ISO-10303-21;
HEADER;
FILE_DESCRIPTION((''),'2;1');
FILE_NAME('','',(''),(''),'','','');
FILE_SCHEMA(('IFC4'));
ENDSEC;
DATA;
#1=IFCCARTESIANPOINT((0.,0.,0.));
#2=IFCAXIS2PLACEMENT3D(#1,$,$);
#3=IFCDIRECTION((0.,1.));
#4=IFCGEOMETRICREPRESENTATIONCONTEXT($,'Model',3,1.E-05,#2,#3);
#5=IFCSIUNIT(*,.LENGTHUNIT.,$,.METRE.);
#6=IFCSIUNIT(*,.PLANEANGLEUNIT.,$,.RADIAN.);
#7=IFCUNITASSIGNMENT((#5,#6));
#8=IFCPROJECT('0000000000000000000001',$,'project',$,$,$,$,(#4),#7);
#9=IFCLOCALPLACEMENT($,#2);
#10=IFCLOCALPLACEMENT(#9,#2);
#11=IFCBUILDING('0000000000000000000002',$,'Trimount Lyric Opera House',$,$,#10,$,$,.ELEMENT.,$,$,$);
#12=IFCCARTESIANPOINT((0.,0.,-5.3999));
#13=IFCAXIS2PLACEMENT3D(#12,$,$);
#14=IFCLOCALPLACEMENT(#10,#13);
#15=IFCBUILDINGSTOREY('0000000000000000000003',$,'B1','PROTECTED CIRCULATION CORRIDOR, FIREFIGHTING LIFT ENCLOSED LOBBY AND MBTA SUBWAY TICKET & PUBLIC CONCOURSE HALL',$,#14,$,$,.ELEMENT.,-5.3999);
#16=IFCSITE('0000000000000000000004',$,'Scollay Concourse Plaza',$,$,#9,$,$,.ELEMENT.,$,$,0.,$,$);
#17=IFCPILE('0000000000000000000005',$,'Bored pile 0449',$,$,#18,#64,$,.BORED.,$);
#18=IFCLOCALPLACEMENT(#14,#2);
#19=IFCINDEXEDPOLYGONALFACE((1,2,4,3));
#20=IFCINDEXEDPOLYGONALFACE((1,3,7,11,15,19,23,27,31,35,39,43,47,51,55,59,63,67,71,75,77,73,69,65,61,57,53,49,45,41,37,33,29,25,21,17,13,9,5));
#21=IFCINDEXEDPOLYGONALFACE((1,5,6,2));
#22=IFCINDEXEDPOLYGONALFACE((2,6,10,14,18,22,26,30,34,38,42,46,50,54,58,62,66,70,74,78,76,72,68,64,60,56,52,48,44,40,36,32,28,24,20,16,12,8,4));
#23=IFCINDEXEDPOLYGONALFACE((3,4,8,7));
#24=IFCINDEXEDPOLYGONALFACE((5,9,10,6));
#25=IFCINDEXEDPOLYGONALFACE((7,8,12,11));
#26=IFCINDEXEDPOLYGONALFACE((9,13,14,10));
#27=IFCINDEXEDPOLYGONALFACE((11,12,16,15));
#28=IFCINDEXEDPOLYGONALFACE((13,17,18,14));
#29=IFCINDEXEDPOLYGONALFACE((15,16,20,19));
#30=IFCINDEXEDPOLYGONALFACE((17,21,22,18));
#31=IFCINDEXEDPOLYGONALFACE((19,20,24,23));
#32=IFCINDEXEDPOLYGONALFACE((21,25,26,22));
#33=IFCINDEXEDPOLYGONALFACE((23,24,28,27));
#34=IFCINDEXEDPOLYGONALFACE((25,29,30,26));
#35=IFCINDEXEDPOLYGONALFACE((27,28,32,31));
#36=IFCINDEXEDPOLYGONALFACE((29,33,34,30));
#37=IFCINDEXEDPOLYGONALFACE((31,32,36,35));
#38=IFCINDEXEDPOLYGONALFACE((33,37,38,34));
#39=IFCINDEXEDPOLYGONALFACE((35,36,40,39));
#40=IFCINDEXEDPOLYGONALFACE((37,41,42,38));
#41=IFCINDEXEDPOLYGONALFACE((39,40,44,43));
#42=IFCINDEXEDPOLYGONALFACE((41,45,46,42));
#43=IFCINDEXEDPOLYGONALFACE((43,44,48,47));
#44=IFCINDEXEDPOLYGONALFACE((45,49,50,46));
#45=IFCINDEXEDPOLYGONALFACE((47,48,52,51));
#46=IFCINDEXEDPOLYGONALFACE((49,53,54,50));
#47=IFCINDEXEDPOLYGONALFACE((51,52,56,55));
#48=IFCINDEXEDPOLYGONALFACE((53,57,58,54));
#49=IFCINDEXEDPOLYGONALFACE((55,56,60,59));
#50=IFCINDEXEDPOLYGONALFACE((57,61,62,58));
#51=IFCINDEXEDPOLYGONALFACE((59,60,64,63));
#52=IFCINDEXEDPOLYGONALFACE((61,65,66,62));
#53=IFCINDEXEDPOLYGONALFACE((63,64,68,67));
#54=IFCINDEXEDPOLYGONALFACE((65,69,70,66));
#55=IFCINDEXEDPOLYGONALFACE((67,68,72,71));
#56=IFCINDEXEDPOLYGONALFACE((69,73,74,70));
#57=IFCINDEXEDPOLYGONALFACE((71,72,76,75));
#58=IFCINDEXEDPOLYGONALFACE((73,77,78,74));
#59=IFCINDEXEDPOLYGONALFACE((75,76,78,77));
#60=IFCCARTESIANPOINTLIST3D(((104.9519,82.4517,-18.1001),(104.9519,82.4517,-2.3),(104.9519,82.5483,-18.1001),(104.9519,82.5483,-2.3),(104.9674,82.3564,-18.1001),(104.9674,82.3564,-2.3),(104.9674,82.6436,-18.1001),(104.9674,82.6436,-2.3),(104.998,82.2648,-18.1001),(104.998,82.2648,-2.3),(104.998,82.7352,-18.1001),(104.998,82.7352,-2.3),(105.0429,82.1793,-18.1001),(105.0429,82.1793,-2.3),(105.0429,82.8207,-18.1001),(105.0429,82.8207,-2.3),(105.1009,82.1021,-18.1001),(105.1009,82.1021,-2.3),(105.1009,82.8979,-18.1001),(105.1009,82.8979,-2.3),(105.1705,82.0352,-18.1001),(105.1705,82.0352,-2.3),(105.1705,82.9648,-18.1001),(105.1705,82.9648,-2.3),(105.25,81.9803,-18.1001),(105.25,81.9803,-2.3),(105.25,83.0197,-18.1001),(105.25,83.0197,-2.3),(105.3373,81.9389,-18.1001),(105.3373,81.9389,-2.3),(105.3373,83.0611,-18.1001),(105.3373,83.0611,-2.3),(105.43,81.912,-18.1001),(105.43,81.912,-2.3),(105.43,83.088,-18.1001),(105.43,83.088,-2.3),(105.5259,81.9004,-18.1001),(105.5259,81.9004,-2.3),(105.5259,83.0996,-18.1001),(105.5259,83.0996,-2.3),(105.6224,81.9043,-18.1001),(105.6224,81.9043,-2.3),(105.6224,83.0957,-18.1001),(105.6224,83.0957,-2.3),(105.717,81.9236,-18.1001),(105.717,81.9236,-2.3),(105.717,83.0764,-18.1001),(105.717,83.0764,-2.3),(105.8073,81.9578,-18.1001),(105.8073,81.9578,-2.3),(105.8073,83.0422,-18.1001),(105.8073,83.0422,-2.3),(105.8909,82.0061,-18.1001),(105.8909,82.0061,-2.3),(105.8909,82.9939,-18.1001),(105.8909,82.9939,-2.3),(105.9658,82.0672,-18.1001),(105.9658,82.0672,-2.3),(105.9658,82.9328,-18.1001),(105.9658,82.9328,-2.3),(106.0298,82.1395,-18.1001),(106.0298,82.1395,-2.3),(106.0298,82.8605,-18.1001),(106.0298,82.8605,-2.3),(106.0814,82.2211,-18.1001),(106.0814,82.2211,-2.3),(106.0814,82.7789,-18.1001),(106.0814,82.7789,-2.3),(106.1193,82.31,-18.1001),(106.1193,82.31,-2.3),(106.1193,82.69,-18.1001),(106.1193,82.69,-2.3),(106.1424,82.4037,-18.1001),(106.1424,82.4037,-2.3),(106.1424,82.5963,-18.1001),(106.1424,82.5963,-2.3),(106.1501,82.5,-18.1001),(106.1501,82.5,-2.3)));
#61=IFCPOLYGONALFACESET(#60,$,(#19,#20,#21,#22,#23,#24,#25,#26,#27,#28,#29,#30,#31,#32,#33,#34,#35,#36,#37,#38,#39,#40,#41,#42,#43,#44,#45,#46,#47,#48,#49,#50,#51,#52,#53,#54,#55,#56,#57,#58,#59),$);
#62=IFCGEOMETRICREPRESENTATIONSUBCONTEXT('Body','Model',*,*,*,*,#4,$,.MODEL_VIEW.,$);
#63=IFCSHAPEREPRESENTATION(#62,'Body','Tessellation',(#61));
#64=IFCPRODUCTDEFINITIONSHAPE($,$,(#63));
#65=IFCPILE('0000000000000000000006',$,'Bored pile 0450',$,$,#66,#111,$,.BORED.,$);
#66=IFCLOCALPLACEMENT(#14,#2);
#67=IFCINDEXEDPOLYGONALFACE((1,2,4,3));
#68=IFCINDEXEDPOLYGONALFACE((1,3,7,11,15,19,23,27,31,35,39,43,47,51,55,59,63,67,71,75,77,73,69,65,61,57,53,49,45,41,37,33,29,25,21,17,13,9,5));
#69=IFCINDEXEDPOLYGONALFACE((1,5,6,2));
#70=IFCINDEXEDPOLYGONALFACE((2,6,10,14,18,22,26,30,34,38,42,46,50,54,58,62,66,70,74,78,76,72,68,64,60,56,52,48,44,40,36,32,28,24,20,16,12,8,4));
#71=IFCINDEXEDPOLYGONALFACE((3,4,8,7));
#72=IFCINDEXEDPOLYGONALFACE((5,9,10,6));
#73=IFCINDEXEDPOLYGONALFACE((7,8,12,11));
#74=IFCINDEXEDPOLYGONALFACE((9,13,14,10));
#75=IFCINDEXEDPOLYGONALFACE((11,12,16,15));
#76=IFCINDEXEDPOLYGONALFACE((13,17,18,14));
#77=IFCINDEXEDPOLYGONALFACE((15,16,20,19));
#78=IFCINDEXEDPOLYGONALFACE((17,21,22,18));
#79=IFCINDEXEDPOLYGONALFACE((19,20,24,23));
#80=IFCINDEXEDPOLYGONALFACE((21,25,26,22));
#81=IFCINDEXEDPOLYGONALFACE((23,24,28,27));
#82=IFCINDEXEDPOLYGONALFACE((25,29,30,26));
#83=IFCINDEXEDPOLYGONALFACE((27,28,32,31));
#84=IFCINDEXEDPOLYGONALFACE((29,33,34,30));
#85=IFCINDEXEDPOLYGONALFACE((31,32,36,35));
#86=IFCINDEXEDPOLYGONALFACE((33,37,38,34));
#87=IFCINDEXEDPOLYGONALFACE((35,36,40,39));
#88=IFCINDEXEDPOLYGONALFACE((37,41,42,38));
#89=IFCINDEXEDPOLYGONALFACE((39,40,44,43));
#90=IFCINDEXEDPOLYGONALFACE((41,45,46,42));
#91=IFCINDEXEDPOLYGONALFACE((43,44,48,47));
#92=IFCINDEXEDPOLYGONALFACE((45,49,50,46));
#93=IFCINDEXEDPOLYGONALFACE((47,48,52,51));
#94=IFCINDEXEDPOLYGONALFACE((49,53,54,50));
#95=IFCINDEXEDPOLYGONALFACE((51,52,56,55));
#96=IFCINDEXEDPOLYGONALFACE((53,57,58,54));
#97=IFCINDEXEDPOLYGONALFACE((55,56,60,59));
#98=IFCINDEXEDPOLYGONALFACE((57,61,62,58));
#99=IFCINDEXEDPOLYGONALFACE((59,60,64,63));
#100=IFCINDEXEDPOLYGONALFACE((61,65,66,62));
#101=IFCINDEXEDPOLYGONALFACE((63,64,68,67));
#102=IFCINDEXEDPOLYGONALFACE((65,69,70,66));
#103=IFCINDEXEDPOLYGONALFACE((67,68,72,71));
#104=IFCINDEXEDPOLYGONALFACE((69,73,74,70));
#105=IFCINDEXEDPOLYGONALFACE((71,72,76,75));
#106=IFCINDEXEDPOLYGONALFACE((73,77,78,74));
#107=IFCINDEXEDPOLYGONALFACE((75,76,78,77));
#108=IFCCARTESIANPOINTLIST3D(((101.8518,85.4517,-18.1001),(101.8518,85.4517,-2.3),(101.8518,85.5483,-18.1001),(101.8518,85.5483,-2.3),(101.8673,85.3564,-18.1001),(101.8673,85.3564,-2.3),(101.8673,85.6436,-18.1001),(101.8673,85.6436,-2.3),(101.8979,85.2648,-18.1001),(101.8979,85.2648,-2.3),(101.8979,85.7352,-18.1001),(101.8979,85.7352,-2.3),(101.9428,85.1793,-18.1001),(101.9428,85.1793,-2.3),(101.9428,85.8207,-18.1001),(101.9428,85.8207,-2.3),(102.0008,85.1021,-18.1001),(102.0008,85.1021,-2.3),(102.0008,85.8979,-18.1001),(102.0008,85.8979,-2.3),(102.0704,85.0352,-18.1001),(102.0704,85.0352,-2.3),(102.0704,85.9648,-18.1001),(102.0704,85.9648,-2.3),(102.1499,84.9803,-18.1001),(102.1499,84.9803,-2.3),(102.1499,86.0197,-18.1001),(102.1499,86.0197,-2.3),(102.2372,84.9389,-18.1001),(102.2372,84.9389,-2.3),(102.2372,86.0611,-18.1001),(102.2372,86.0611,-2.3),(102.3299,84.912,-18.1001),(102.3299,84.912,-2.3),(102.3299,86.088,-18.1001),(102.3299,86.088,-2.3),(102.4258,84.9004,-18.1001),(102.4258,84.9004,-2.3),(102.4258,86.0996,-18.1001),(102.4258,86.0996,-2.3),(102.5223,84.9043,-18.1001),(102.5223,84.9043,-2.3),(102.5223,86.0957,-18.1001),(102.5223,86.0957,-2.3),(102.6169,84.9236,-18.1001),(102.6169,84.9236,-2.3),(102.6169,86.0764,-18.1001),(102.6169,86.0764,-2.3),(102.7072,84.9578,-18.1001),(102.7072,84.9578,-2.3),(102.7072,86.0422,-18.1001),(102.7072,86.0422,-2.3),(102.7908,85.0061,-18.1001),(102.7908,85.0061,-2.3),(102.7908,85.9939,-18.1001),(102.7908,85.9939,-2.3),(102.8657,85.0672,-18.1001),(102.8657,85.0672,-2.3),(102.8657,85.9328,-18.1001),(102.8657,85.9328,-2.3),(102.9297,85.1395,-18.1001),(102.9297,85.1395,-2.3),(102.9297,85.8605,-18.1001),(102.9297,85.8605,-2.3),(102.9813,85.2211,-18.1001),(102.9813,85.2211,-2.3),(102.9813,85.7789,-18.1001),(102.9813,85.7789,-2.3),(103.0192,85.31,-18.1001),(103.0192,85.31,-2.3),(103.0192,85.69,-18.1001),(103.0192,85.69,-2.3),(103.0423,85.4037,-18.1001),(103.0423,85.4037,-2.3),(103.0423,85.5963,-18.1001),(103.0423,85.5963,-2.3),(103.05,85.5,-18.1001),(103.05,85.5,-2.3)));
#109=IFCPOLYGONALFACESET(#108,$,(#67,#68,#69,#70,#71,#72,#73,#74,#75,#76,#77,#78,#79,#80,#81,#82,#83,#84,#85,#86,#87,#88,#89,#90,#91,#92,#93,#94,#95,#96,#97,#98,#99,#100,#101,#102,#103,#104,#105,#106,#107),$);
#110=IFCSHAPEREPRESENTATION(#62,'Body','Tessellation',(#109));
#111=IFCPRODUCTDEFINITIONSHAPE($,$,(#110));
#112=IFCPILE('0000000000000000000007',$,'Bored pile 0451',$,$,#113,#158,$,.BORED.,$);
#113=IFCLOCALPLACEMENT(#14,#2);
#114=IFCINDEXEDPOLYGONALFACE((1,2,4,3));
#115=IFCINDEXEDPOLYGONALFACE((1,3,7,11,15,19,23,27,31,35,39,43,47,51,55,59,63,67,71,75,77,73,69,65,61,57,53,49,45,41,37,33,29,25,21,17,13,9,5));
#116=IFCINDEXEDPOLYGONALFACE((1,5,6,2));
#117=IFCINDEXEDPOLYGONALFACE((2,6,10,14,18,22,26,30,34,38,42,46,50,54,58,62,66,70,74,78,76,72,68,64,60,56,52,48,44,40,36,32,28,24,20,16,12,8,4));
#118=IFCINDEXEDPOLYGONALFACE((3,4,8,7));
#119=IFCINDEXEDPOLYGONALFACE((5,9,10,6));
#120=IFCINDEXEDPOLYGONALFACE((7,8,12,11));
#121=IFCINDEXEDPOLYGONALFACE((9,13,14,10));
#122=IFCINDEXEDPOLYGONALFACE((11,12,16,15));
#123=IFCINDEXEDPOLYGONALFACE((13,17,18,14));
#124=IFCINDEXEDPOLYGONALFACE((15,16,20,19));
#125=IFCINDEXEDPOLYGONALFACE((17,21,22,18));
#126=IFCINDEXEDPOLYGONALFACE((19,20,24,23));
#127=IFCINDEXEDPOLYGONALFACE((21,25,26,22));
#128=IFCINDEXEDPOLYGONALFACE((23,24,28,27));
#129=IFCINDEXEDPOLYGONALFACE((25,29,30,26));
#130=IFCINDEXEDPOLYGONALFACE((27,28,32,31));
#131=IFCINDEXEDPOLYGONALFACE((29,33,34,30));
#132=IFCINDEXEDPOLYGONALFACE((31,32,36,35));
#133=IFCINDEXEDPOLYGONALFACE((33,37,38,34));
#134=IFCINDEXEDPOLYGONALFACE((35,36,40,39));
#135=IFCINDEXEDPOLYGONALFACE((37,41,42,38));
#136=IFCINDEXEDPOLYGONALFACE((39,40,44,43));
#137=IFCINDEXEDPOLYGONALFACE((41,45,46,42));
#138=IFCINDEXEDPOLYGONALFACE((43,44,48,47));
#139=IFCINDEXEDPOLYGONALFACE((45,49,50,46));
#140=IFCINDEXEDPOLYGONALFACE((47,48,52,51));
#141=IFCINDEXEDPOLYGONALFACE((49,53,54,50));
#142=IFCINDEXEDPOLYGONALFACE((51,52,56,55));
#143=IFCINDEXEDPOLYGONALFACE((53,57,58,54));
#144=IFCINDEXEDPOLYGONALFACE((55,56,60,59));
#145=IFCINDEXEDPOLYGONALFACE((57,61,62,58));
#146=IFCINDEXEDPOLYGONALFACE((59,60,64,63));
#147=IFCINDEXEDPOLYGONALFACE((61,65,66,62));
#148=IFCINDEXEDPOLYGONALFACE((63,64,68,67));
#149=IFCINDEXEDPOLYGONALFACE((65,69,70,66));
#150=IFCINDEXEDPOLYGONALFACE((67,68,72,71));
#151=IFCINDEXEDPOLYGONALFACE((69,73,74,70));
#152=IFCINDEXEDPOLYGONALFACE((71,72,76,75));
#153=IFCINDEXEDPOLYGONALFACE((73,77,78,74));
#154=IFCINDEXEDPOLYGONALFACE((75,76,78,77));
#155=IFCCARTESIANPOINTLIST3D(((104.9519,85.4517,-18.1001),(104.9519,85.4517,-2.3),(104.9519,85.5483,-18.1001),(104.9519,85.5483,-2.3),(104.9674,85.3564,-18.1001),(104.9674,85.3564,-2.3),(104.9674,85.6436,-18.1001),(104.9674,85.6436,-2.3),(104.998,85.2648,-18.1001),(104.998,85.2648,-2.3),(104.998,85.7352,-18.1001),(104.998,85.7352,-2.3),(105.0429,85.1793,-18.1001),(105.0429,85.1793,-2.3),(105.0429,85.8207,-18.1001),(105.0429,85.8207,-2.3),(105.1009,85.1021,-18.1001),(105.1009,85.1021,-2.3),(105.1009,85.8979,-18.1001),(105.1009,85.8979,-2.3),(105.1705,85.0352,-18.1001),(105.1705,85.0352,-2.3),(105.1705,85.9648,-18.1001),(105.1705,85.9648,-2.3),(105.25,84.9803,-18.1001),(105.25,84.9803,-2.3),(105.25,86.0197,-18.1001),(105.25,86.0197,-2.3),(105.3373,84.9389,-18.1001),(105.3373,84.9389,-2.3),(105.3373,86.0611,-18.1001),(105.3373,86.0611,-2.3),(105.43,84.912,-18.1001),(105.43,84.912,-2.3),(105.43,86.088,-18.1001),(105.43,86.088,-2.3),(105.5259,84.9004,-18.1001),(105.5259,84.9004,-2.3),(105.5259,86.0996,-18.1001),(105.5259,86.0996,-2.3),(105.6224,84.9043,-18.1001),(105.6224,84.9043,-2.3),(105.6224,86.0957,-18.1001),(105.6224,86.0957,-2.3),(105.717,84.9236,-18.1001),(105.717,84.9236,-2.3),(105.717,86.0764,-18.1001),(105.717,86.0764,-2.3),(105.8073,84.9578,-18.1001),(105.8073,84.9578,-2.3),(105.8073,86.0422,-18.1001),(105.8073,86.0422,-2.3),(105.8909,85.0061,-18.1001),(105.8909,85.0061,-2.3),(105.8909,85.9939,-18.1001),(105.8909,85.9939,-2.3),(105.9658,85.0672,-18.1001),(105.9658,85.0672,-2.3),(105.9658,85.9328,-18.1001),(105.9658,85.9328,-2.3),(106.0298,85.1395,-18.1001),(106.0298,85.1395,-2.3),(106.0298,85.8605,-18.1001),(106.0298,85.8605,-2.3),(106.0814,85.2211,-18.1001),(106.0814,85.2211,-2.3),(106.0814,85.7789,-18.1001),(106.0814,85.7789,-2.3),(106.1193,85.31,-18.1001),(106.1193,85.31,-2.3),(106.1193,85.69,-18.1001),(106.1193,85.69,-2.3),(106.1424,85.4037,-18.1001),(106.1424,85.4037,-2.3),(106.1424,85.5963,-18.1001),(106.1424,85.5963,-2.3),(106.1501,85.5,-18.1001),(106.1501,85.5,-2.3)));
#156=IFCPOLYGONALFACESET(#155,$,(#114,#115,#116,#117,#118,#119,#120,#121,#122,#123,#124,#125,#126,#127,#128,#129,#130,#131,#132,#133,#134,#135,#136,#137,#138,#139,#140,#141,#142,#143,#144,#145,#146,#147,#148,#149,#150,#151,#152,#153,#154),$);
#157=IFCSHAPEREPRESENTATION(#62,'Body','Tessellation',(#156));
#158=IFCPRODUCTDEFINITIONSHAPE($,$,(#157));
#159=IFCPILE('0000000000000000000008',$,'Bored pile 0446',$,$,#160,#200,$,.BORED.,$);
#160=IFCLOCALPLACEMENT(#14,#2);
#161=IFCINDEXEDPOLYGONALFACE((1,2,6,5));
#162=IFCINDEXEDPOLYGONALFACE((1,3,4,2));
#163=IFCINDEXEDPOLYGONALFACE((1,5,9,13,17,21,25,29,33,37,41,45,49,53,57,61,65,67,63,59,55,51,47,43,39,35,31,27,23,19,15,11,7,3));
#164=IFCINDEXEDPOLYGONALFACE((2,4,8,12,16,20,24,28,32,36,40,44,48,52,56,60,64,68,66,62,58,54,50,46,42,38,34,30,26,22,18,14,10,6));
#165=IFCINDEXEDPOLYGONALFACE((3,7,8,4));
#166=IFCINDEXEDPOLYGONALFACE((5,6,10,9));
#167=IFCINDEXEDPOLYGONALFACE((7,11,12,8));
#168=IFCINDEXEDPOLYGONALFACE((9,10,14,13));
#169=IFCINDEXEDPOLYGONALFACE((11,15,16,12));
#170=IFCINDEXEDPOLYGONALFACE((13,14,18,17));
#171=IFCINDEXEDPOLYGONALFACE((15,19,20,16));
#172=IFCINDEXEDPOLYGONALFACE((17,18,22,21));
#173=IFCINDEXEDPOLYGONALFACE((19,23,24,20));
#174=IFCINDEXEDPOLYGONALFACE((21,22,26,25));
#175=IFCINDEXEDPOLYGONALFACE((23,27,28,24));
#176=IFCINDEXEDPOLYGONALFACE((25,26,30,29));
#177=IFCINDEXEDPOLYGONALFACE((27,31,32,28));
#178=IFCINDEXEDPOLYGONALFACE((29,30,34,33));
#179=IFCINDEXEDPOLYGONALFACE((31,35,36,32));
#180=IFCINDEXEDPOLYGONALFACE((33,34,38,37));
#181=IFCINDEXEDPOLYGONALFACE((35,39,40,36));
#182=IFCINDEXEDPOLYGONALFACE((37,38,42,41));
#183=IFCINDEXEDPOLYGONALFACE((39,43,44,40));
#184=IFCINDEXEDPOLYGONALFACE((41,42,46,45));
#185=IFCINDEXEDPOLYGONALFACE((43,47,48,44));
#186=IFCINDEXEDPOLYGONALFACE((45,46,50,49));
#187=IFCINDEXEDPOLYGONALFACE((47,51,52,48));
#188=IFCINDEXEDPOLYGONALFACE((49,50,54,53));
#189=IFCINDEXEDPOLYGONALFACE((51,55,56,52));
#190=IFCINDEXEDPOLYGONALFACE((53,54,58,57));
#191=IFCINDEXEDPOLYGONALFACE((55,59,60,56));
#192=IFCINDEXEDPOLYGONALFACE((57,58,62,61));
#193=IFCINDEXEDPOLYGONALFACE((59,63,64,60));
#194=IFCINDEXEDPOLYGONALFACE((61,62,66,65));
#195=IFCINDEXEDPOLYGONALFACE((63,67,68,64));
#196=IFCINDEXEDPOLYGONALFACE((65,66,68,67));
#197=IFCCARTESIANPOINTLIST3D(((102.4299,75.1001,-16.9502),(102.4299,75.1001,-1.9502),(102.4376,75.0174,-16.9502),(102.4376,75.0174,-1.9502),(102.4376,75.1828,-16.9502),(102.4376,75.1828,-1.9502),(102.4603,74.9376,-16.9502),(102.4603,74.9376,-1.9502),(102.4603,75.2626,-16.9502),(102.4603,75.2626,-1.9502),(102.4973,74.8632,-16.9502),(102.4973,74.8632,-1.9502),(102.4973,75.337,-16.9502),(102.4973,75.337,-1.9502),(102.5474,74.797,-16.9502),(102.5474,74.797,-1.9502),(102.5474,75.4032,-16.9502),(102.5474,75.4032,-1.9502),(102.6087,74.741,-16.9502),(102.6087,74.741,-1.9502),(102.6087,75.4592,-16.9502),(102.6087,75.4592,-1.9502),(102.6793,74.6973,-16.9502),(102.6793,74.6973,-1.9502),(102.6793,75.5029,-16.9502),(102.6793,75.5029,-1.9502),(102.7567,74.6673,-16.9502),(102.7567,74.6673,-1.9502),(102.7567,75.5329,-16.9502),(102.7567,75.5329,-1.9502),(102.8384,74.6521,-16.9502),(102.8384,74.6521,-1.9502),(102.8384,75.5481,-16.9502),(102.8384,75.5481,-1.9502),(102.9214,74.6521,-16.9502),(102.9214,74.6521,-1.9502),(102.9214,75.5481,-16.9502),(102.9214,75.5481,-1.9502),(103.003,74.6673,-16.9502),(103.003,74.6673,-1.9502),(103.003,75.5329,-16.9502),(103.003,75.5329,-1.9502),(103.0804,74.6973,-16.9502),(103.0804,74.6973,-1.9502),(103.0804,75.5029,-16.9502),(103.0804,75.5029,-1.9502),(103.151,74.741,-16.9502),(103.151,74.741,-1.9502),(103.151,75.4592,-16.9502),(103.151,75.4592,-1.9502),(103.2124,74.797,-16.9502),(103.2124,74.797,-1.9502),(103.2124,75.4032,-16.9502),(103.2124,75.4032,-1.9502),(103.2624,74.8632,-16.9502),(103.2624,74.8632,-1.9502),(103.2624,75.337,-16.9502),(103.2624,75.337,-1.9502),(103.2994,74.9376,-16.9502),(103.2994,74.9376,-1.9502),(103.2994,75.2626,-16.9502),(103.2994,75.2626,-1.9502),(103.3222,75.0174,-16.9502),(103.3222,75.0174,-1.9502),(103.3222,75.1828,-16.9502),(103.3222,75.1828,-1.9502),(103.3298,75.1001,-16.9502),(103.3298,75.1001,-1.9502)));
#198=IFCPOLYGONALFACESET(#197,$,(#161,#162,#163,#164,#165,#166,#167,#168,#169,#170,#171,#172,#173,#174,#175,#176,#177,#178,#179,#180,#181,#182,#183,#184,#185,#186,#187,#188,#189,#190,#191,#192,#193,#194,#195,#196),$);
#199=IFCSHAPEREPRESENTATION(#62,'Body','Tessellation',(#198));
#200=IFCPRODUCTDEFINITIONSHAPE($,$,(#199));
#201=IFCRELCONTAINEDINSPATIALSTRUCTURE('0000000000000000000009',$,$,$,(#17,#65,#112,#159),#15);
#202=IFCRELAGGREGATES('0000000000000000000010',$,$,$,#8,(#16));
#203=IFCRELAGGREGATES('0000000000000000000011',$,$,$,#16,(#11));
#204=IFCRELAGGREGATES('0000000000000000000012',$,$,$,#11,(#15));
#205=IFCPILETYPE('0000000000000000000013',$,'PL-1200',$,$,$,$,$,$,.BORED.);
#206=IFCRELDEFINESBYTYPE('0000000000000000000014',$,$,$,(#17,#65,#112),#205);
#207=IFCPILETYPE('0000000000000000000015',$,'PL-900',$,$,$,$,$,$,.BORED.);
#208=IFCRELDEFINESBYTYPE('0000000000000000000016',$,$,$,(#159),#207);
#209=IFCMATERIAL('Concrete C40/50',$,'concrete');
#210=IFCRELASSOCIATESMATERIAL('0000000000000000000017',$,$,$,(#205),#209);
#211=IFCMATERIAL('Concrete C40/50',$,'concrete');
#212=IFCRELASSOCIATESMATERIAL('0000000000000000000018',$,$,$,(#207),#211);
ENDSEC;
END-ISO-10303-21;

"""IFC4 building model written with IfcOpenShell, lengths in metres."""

from ifc_helpers import new_model, si_unit, direction, frame, origin, origin_2d, place, context, subcontext, project, spatial, circle, extrude, material, material_profile, profile_set, type_object, element, save


model = new_model("IFC4")

# Units and contexts
model_context = context("Model", 3, precision=1e-05, world=origin(), true_north=direction((0.0, 1.0)))
body_context = subcontext(model_context, "Body", "Model", "MODEL_VIEW")
ifc_project = project(units=[si_unit("LENGTHUNIT", "METRE"), si_unit("PLANEANGLEUNIT", "RADIAN")], contexts=[model_context])

# Site, building, storey
site_placement = place(None, origin())
site = spatial("IfcSite", under=ifc_project, at=site_placement, Name="Scollay Concourse Plaza", CompositionType="ELEMENT", RefElevation=0.0)
building_placement = place(site_placement, origin())
building = spatial("IfcBuilding", under=site, at=building_placement, Name="Trimount Lyric Opera House", CompositionType="ELEMENT")
storey_placement = place(building_placement, frame((0.0, 0.0, -5.3999)))
storey = spatial("IfcBuildingStorey", under=building, at=storey_placement, Name="B1", Description="PROTECTED CIRCULATION CORRIDOR, FIREFIGHTING LIFT ENCLOSED LOBBY AND MBTA SUBWAY TICKET & PUBLIC CONCOURSE HALL", CompositionType="ELEMENT", Elevation=-5.3999)

# Piles
ifc_material_1 = material(Name="Concrete C40/50", Category="concrete")
ifc_material_profile_1 = material_profile(ifc_material_1, circle(Radius=0.6001, at=origin_2d()), Name="PILE-D1200")
ifc_profile_set_1 = profile_set([ifc_material_profile_1], Name="Concrete C40/50")
pile_type_1 = type_object("IfcPileType", Name="PL-1200", PredefinedType="BORED", material=ifc_profile_set_1)
for number, where, z_axis, x_axis, name in (
    (1, (105.55, 82.5, -2.3), (0.0, 0.0, -1.0), (1.0, 0.0, 0.0), "Bored pile 0449"),
    (2, (102.45, 85.5, -2.3), (0.0, 0.0, -1.0), (1.0, 0.0, 0.0), "Bored pile 0450"),
    (3, (105.55, 85.5, -2.3), (0.0, 0.0, -1.0), (1.0, 0.0, 0.0), "Bored pile 0451"),
):
    element("IfcPile", number, at=place(storey_placement, frame(where, z_axis=z_axis, x_axis=x_axis)), inside=storey, type_object=pile_type_1, Name=name, PredefinedType="BORED", context=body_context, shape_type="SweptSolid", body=[
        extrude(circle(Radius=0.6001, at=origin_2d()), origin(), (0.0, 0.0, 1.0), 15.8),
    ])
ifc_material_2 = material(Name="Concrete C40/50", Category="concrete")
ifc_material_profile_2 = material_profile(ifc_material_2, circle(Radius=0.45, at=origin_2d()), Name="PILE-D900")
ifc_profile_set_2 = profile_set([ifc_material_profile_2], Name="Concrete C40/50")
pile_type_2 = type_object("IfcPileType", Name="PL-900", PredefinedType="BORED", material=ifc_profile_set_2)
for number, where, z_axis, x_axis, name in (
    (4, (102.8799, 75.1001, -1.9502), (0.0, 0.0, -1.0), (1.0, 0.0, 0.0), "Bored pile 0446"),
):
    element("IfcPile", number, at=place(storey_placement, frame(where, z_axis=z_axis, x_axis=x_axis)), inside=storey, type_object=pile_type_2, Name=name, PredefinedType="BORED", context=body_context, shape_type="SweptSolid", body=[
        extrude(circle(Radius=0.45, at=origin_2d()), origin(), (0.0, 0.0, 1.0), 15.0),
    ])

save(model, "model.ifc")
